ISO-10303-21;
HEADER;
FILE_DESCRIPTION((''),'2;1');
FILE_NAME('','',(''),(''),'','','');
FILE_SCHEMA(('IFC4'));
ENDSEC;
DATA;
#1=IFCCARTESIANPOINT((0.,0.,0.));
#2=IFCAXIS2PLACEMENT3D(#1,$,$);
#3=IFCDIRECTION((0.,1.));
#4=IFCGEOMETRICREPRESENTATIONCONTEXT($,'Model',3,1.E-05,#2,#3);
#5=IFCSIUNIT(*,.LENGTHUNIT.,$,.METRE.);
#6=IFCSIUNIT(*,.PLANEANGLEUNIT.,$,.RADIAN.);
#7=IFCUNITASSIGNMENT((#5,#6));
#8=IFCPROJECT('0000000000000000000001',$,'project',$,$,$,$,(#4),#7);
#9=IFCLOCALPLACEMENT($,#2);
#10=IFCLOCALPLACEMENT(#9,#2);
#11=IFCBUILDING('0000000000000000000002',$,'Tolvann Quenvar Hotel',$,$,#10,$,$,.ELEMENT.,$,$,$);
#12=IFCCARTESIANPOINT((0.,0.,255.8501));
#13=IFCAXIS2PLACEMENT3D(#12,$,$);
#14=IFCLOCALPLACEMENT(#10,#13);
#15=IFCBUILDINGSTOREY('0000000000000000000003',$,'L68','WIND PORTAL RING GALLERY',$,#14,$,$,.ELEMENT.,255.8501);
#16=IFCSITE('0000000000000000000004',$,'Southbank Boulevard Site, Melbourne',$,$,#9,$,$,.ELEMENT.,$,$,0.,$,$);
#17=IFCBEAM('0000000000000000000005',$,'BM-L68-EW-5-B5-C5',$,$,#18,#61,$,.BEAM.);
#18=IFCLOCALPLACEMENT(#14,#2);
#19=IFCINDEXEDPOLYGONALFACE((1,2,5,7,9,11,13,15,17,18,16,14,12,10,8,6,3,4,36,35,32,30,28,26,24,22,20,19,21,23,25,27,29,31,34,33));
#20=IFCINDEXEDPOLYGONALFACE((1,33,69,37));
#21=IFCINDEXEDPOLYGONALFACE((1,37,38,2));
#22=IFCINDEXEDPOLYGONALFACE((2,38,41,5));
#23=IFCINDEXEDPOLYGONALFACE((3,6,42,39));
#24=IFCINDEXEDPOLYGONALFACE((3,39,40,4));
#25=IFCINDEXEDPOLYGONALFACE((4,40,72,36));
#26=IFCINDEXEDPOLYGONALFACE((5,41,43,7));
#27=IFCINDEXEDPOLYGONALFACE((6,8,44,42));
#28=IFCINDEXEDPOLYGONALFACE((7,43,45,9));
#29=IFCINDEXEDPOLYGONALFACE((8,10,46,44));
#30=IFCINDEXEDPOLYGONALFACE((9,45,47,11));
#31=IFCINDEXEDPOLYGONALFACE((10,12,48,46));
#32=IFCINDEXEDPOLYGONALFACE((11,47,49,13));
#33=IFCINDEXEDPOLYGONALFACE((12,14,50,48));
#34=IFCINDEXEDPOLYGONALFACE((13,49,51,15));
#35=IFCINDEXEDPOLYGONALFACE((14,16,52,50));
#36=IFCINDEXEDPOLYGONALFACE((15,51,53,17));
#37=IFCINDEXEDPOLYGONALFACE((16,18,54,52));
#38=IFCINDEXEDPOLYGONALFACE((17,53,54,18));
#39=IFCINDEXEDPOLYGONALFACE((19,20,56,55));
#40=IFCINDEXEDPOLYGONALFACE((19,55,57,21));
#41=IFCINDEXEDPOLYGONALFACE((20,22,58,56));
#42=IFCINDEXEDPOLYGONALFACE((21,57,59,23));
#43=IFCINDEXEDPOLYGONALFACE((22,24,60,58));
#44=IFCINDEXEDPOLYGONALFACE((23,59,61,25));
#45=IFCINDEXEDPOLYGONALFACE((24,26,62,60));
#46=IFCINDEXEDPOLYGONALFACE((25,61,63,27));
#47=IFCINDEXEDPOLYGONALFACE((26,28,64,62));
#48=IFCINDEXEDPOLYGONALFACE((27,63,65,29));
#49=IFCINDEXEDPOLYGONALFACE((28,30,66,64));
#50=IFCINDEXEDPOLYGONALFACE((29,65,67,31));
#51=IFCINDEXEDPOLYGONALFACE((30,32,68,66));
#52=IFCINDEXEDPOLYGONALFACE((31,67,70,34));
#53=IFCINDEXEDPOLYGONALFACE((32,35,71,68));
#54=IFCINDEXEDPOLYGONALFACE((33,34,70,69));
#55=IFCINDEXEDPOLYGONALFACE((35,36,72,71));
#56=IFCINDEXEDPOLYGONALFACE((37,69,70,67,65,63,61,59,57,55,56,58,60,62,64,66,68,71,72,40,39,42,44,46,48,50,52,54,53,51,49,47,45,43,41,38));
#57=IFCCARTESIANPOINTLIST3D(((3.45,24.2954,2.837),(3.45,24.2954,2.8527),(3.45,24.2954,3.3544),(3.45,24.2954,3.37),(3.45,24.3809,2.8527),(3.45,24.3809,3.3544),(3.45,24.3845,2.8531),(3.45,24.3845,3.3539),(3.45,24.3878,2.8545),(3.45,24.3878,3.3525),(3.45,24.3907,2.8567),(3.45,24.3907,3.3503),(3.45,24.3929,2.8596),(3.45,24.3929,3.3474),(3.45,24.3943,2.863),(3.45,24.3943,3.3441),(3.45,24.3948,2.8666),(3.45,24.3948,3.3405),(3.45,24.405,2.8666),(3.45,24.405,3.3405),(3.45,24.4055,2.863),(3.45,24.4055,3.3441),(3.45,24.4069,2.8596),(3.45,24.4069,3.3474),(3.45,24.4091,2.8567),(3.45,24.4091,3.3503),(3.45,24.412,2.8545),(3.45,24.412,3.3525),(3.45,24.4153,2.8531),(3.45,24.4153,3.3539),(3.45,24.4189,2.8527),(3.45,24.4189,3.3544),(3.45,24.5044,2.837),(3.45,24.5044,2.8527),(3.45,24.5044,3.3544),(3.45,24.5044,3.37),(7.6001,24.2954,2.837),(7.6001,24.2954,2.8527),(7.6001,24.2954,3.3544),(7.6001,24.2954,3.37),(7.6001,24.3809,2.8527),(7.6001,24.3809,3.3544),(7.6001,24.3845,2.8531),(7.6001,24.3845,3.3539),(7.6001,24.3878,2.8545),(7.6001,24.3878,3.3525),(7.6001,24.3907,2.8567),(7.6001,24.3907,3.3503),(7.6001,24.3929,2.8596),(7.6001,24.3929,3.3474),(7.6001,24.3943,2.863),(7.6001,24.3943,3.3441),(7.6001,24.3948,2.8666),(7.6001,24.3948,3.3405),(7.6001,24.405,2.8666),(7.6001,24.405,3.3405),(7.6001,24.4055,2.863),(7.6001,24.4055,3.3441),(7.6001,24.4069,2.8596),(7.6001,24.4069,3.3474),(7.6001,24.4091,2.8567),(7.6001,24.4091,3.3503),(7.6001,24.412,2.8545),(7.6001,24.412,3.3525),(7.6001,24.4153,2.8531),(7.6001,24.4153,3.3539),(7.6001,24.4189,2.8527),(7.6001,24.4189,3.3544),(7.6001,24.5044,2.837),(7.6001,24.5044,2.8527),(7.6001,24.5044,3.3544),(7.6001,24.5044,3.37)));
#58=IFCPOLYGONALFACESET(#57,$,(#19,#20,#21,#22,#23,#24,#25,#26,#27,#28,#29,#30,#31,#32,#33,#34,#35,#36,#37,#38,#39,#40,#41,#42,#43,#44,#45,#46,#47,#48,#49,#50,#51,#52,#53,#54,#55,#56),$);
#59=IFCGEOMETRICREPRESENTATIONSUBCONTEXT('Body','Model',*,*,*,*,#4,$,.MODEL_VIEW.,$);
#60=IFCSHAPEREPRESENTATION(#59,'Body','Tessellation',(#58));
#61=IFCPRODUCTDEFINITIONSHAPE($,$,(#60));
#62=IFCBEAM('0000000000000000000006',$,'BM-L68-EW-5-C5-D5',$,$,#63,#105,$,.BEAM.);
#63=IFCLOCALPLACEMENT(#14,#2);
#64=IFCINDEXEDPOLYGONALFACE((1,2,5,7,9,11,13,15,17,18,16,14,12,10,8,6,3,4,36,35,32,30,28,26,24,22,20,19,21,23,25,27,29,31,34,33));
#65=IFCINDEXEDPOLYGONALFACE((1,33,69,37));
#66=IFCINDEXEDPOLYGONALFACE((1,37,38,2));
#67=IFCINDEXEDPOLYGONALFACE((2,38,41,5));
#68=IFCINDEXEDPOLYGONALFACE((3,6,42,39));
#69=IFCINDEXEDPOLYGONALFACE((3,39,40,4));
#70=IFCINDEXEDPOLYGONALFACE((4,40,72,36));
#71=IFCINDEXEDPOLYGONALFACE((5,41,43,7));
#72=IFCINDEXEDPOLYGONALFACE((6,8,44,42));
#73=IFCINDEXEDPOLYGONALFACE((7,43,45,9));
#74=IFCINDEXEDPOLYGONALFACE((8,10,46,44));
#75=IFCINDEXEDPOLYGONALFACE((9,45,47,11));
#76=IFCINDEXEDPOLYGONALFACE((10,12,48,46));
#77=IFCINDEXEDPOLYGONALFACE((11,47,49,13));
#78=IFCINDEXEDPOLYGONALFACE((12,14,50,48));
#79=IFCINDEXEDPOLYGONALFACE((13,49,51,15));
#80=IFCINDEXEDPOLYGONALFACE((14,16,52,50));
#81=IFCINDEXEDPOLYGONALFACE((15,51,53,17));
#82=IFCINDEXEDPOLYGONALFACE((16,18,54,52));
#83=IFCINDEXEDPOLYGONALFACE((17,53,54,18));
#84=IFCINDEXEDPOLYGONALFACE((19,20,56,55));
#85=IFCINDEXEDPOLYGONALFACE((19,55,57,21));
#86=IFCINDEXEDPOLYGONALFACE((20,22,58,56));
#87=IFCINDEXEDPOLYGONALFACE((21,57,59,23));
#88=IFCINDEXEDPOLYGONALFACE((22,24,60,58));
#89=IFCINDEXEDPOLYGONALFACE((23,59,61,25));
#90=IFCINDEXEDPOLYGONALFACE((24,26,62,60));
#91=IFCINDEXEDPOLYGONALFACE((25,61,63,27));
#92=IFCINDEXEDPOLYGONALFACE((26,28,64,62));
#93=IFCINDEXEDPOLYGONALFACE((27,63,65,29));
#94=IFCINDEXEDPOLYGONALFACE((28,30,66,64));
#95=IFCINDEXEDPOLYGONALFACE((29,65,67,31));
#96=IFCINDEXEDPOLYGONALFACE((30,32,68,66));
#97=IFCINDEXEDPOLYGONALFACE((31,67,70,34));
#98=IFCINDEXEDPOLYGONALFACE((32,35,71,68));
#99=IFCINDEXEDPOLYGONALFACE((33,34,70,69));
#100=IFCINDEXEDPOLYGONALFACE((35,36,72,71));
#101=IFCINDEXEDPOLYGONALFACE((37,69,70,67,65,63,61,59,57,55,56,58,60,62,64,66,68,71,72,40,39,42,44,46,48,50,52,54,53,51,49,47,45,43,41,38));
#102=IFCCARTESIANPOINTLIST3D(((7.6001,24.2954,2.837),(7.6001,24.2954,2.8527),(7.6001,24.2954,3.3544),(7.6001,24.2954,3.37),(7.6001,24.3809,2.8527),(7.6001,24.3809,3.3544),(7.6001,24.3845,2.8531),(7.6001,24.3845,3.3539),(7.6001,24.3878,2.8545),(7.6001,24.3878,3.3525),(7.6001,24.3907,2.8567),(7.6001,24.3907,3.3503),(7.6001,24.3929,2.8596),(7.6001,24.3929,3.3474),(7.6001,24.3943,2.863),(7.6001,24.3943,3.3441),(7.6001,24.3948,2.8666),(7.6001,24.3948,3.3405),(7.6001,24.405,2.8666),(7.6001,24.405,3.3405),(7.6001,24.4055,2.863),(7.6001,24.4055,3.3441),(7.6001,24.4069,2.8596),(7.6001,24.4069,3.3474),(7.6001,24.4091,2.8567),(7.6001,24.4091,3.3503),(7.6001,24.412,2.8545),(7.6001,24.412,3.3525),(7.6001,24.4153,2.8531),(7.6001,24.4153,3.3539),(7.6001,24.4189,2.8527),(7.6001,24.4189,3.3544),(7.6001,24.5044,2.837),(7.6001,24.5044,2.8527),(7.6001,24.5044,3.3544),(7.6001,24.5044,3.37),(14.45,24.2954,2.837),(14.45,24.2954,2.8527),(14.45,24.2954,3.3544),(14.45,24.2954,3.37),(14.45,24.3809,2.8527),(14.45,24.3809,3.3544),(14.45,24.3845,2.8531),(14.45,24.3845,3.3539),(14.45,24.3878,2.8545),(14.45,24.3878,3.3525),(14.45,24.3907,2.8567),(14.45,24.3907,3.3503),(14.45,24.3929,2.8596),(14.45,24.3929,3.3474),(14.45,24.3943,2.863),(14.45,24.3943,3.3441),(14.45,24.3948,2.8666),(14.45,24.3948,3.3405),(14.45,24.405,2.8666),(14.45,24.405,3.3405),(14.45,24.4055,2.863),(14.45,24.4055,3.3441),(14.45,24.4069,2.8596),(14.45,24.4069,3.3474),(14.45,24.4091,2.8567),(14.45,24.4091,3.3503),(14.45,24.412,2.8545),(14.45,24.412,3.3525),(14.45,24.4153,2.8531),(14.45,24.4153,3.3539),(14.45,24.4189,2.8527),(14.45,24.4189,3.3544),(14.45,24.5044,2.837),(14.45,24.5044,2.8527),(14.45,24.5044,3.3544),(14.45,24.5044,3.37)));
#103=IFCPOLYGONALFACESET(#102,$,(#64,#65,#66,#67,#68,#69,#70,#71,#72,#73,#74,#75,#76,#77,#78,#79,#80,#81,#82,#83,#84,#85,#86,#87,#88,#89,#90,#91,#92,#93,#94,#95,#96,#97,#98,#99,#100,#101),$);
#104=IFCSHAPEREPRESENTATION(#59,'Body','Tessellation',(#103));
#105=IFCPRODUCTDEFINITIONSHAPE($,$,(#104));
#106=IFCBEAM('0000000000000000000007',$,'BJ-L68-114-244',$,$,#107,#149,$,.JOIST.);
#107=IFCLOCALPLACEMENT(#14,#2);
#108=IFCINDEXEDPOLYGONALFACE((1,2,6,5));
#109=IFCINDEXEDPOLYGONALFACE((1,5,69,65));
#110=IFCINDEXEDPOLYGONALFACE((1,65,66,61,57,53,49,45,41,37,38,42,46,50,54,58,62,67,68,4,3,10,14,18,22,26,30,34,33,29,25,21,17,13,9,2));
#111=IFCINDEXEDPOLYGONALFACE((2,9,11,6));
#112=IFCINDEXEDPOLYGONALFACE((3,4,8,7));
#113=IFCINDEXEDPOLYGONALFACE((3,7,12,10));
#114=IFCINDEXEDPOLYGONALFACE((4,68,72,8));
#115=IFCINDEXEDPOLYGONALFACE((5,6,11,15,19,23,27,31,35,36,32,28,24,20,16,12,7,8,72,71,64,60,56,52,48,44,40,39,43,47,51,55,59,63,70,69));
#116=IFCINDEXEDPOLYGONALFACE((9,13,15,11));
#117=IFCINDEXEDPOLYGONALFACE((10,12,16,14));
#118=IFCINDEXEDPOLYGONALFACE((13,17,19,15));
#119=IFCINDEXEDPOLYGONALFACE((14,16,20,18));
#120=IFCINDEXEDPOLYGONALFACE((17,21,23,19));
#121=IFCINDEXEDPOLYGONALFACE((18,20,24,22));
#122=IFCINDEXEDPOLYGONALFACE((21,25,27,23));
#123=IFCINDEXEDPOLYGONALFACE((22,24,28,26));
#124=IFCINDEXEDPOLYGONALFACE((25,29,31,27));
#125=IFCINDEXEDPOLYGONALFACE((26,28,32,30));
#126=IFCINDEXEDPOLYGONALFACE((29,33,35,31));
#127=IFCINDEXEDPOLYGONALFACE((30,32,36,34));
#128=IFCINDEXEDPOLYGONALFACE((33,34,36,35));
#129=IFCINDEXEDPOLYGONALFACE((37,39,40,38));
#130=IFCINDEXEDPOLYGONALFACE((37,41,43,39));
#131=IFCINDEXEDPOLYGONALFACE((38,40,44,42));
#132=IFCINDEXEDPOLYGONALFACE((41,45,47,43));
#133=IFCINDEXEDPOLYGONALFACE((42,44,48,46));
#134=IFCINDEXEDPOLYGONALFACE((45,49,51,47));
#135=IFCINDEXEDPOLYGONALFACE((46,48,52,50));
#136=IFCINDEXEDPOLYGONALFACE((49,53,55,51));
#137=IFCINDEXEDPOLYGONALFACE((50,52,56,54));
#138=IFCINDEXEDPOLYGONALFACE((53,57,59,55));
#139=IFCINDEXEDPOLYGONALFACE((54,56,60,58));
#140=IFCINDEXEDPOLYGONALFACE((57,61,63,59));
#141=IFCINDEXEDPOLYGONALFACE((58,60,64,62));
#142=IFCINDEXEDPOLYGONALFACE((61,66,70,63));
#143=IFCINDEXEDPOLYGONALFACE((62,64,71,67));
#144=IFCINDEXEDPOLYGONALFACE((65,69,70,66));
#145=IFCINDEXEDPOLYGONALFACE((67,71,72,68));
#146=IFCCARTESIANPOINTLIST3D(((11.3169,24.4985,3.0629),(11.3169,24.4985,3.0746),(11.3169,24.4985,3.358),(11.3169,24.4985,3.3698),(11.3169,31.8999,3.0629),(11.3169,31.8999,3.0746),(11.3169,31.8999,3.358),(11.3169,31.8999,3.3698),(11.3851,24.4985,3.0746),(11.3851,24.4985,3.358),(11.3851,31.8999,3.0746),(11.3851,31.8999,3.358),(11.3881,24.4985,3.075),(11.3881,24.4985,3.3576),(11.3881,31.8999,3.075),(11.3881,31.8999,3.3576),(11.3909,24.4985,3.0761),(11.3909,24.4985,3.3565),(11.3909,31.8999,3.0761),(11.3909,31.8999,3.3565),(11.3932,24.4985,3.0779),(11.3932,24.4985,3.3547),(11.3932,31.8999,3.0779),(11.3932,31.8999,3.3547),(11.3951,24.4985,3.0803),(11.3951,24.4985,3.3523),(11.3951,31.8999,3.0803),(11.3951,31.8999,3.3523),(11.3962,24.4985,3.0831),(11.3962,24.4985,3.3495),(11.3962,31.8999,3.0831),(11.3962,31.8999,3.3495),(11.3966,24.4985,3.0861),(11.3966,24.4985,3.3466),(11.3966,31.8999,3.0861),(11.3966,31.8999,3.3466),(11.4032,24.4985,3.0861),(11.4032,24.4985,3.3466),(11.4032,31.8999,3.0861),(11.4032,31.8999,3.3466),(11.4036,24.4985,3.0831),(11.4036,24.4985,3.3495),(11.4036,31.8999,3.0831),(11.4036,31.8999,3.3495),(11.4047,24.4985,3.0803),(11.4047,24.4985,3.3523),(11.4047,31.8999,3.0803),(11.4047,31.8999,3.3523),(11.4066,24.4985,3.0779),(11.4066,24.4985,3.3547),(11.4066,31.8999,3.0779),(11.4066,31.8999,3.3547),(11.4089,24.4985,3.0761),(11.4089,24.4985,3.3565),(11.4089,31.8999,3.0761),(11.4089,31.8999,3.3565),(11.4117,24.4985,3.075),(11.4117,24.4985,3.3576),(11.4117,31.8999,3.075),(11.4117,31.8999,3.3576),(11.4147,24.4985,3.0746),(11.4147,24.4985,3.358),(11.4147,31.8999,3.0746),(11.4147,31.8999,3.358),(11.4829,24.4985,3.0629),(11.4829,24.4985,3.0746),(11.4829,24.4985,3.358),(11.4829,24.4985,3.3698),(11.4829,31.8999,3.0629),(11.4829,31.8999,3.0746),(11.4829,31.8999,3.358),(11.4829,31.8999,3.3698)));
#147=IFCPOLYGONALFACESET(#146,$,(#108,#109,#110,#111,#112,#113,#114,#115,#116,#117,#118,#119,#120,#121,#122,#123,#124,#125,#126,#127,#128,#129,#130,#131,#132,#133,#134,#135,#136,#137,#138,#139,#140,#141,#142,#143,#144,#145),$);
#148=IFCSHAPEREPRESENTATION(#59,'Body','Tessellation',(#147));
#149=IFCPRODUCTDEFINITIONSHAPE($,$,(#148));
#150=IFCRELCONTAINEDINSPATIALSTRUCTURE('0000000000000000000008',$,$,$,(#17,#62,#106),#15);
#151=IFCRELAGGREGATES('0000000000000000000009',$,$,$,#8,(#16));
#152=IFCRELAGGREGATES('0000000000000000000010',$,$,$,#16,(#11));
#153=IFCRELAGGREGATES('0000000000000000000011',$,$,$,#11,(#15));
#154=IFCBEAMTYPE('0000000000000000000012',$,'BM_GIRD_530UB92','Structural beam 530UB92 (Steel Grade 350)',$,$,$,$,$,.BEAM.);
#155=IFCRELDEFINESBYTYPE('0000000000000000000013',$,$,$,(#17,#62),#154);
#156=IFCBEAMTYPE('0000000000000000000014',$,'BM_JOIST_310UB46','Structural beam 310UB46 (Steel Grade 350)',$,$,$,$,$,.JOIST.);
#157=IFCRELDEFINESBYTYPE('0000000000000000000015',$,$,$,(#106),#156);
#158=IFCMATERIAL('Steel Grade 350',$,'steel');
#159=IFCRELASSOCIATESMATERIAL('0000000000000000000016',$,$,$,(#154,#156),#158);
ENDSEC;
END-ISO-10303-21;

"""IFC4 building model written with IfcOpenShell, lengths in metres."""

from ifc_helpers import new_model, si_unit, direction, frame, origin, origin_2d, place, context, subcontext, project, spatial, i_section, extrude, source, transform, mapped, material, material_profile, profile_set, type_object, type_shapes, element, save


model = new_model("IFC4")

# Units and contexts
model_context = context("Model", 3, precision=1e-05, world=origin(), true_north=direction((0.0, 1.0)))
body_context = subcontext(model_context, "Body", "Model", "MODEL_VIEW")
ifc_project = project(units=[si_unit("LENGTHUNIT", "METRE"), si_unit("PLANEANGLEUNIT", "RADIAN")], contexts=[model_context])

# Site, building, storey
site_placement = place(None, origin())
site = spatial("IfcSite", under=ifc_project, at=site_placement, Name="Southbank Boulevard Site, Melbourne", CompositionType="ELEMENT", RefElevation=0.0)
building_placement = place(site_placement, origin())
building = spatial("IfcBuilding", under=site, at=building_placement, Name="Tolvann Quenvar Hotel", CompositionType="ELEMENT")
storey_placement = place(building_placement, frame((0.0, 0.0, 255.8501)))
storey = spatial("IfcBuildingStorey", under=building, at=storey_placement, Name="L68", Description="WIND PORTAL RING GALLERY", CompositionType="ELEMENT", Elevation=255.8501)

# Shared definitions
ifc_material_1 = material(Name="Steel Grade 350", Category="steel")

# Beams
ifc_material_profile_1 = material_profile(ifc_material_1, i_section(OverallWidth=0.209, OverallDepth=0.533, WebThickness=0.0103, FlangeThickness=0.0156, FilletRadius=0.0139, at=origin_2d()), Name="530UB92")
ifc_profile_set_1 = profile_set([ifc_material_profile_1], Name="Steel Grade 350")
beam_type_1 = type_object("IfcBeamType", Name="BM_GIRD_530UB92", Description="Structural beam 530UB92 (Steel Grade 350)", PredefinedType="BEAM", material=ifc_profile_set_1)
shared_shape_1 = source(origin(), body_context, "Body", "SweptSolid", [
    extrude(i_section(OverallWidth=0.209, OverallDepth=0.533, WebThickness=0.0103, FlangeThickness=0.0156, FilletRadius=0.0139, at=origin_2d()), origin(), (0.0, 0.0, 1.0), 4.1501),
])
beam_1_placement = place(storey_placement, frame((3.45, 24.3999, 3.1035), z_axis=(1.0, 0.0, 0.0), x_axis=(0.0, 1.0, 0.0)))
element("IfcBeam", 1, at=beam_1_placement, inside=storey, type_object=beam_type_1, Name="BM-L68-EW-5-B5-C5", PredefinedType="BEAM", context=body_context, shape_type="MappedRepresentation", body=[
    mapped(shared_shape_1, transform((0.0, 0.0, 0.0), x_axis=(1.0, 0.0, 0.0), y_axis=(0.0, 1.0, 0.0), z_axis=(0.0, 0.0, 1.0), scale=1.0)),
])
shared_shape_2 = source(origin(), body_context, "Body", "SweptSolid", [
    extrude(i_section(OverallWidth=0.209, OverallDepth=0.533, WebThickness=0.0103, FlangeThickness=0.0156, FilletRadius=0.0139, at=origin_2d()), origin(), (0.0, 0.0, 1.0), 6.8499),
])
type_shapes(beam_type_1, [shared_shape_1, shared_shape_2])
beam_2_placement = place(storey_placement, frame((7.6001, 24.3999, 3.1035), z_axis=(1.0, 0.0, 0.0), x_axis=(0.0, 1.0, 0.0)))
element("IfcBeam", 2, at=beam_2_placement, inside=storey, type_object=beam_type_1, Name="BM-L68-EW-5-C5-D5", PredefinedType="BEAM", context=body_context, shape_type="MappedRepresentation", body=[
    mapped(shared_shape_2, transform((0.0, 0.0, 0.0), x_axis=(1.0, 0.0, 0.0), y_axis=(0.0, 1.0, 0.0), z_axis=(0.0, 0.0, 1.0), scale=1.0)),
])
ifc_material_profile_2 = material_profile(ifc_material_1, i_section(OverallWidth=0.166, OverallDepth=0.3069, WebThickness=0.0066, FlangeThickness=0.0117, FilletRadius=0.0115, at=origin_2d()), Name="310UB46")
ifc_profile_set_2 = profile_set([ifc_material_profile_2], Name="Steel Grade 350")
beam_type_2 = type_object("IfcBeamType", Name="BM_JOIST_310UB46", Description="Structural beam 310UB46 (Steel Grade 350)", PredefinedType="JOIST", material=ifc_profile_set_2)
shared_shape_3 = source(origin(), body_context, "Body", "SweptSolid", [
    extrude(i_section(OverallWidth=0.166, OverallDepth=0.3069, WebThickness=0.0066, FlangeThickness=0.0117, FilletRadius=0.0115, at=origin_2d()), origin(), (0.0, 0.0, 1.0), 7.4014),
])
type_shapes(beam_type_2, [shared_shape_3])
beam_3_placement = place(storey_placement, frame((11.3999, 24.4985, 3.2163), z_axis=(0.0, 1.0, 0.0), x_axis=(-1.0, 0.0, 0.0)))
element("IfcBeam", 3, at=beam_3_placement, inside=storey, type_object=beam_type_2, Name="BJ-L68-114-244", PredefinedType="JOIST", context=body_context, shape_type="MappedRepresentation", body=[
    mapped(shared_shape_3, transform((0.0, 0.0, 0.0), x_axis=(1.0, 0.0, 0.0), y_axis=(0.0, 1.0, 0.0), z_axis=(0.0, 0.0, 1.0), scale=1.0)),
])

save(model, "model.ifc")
